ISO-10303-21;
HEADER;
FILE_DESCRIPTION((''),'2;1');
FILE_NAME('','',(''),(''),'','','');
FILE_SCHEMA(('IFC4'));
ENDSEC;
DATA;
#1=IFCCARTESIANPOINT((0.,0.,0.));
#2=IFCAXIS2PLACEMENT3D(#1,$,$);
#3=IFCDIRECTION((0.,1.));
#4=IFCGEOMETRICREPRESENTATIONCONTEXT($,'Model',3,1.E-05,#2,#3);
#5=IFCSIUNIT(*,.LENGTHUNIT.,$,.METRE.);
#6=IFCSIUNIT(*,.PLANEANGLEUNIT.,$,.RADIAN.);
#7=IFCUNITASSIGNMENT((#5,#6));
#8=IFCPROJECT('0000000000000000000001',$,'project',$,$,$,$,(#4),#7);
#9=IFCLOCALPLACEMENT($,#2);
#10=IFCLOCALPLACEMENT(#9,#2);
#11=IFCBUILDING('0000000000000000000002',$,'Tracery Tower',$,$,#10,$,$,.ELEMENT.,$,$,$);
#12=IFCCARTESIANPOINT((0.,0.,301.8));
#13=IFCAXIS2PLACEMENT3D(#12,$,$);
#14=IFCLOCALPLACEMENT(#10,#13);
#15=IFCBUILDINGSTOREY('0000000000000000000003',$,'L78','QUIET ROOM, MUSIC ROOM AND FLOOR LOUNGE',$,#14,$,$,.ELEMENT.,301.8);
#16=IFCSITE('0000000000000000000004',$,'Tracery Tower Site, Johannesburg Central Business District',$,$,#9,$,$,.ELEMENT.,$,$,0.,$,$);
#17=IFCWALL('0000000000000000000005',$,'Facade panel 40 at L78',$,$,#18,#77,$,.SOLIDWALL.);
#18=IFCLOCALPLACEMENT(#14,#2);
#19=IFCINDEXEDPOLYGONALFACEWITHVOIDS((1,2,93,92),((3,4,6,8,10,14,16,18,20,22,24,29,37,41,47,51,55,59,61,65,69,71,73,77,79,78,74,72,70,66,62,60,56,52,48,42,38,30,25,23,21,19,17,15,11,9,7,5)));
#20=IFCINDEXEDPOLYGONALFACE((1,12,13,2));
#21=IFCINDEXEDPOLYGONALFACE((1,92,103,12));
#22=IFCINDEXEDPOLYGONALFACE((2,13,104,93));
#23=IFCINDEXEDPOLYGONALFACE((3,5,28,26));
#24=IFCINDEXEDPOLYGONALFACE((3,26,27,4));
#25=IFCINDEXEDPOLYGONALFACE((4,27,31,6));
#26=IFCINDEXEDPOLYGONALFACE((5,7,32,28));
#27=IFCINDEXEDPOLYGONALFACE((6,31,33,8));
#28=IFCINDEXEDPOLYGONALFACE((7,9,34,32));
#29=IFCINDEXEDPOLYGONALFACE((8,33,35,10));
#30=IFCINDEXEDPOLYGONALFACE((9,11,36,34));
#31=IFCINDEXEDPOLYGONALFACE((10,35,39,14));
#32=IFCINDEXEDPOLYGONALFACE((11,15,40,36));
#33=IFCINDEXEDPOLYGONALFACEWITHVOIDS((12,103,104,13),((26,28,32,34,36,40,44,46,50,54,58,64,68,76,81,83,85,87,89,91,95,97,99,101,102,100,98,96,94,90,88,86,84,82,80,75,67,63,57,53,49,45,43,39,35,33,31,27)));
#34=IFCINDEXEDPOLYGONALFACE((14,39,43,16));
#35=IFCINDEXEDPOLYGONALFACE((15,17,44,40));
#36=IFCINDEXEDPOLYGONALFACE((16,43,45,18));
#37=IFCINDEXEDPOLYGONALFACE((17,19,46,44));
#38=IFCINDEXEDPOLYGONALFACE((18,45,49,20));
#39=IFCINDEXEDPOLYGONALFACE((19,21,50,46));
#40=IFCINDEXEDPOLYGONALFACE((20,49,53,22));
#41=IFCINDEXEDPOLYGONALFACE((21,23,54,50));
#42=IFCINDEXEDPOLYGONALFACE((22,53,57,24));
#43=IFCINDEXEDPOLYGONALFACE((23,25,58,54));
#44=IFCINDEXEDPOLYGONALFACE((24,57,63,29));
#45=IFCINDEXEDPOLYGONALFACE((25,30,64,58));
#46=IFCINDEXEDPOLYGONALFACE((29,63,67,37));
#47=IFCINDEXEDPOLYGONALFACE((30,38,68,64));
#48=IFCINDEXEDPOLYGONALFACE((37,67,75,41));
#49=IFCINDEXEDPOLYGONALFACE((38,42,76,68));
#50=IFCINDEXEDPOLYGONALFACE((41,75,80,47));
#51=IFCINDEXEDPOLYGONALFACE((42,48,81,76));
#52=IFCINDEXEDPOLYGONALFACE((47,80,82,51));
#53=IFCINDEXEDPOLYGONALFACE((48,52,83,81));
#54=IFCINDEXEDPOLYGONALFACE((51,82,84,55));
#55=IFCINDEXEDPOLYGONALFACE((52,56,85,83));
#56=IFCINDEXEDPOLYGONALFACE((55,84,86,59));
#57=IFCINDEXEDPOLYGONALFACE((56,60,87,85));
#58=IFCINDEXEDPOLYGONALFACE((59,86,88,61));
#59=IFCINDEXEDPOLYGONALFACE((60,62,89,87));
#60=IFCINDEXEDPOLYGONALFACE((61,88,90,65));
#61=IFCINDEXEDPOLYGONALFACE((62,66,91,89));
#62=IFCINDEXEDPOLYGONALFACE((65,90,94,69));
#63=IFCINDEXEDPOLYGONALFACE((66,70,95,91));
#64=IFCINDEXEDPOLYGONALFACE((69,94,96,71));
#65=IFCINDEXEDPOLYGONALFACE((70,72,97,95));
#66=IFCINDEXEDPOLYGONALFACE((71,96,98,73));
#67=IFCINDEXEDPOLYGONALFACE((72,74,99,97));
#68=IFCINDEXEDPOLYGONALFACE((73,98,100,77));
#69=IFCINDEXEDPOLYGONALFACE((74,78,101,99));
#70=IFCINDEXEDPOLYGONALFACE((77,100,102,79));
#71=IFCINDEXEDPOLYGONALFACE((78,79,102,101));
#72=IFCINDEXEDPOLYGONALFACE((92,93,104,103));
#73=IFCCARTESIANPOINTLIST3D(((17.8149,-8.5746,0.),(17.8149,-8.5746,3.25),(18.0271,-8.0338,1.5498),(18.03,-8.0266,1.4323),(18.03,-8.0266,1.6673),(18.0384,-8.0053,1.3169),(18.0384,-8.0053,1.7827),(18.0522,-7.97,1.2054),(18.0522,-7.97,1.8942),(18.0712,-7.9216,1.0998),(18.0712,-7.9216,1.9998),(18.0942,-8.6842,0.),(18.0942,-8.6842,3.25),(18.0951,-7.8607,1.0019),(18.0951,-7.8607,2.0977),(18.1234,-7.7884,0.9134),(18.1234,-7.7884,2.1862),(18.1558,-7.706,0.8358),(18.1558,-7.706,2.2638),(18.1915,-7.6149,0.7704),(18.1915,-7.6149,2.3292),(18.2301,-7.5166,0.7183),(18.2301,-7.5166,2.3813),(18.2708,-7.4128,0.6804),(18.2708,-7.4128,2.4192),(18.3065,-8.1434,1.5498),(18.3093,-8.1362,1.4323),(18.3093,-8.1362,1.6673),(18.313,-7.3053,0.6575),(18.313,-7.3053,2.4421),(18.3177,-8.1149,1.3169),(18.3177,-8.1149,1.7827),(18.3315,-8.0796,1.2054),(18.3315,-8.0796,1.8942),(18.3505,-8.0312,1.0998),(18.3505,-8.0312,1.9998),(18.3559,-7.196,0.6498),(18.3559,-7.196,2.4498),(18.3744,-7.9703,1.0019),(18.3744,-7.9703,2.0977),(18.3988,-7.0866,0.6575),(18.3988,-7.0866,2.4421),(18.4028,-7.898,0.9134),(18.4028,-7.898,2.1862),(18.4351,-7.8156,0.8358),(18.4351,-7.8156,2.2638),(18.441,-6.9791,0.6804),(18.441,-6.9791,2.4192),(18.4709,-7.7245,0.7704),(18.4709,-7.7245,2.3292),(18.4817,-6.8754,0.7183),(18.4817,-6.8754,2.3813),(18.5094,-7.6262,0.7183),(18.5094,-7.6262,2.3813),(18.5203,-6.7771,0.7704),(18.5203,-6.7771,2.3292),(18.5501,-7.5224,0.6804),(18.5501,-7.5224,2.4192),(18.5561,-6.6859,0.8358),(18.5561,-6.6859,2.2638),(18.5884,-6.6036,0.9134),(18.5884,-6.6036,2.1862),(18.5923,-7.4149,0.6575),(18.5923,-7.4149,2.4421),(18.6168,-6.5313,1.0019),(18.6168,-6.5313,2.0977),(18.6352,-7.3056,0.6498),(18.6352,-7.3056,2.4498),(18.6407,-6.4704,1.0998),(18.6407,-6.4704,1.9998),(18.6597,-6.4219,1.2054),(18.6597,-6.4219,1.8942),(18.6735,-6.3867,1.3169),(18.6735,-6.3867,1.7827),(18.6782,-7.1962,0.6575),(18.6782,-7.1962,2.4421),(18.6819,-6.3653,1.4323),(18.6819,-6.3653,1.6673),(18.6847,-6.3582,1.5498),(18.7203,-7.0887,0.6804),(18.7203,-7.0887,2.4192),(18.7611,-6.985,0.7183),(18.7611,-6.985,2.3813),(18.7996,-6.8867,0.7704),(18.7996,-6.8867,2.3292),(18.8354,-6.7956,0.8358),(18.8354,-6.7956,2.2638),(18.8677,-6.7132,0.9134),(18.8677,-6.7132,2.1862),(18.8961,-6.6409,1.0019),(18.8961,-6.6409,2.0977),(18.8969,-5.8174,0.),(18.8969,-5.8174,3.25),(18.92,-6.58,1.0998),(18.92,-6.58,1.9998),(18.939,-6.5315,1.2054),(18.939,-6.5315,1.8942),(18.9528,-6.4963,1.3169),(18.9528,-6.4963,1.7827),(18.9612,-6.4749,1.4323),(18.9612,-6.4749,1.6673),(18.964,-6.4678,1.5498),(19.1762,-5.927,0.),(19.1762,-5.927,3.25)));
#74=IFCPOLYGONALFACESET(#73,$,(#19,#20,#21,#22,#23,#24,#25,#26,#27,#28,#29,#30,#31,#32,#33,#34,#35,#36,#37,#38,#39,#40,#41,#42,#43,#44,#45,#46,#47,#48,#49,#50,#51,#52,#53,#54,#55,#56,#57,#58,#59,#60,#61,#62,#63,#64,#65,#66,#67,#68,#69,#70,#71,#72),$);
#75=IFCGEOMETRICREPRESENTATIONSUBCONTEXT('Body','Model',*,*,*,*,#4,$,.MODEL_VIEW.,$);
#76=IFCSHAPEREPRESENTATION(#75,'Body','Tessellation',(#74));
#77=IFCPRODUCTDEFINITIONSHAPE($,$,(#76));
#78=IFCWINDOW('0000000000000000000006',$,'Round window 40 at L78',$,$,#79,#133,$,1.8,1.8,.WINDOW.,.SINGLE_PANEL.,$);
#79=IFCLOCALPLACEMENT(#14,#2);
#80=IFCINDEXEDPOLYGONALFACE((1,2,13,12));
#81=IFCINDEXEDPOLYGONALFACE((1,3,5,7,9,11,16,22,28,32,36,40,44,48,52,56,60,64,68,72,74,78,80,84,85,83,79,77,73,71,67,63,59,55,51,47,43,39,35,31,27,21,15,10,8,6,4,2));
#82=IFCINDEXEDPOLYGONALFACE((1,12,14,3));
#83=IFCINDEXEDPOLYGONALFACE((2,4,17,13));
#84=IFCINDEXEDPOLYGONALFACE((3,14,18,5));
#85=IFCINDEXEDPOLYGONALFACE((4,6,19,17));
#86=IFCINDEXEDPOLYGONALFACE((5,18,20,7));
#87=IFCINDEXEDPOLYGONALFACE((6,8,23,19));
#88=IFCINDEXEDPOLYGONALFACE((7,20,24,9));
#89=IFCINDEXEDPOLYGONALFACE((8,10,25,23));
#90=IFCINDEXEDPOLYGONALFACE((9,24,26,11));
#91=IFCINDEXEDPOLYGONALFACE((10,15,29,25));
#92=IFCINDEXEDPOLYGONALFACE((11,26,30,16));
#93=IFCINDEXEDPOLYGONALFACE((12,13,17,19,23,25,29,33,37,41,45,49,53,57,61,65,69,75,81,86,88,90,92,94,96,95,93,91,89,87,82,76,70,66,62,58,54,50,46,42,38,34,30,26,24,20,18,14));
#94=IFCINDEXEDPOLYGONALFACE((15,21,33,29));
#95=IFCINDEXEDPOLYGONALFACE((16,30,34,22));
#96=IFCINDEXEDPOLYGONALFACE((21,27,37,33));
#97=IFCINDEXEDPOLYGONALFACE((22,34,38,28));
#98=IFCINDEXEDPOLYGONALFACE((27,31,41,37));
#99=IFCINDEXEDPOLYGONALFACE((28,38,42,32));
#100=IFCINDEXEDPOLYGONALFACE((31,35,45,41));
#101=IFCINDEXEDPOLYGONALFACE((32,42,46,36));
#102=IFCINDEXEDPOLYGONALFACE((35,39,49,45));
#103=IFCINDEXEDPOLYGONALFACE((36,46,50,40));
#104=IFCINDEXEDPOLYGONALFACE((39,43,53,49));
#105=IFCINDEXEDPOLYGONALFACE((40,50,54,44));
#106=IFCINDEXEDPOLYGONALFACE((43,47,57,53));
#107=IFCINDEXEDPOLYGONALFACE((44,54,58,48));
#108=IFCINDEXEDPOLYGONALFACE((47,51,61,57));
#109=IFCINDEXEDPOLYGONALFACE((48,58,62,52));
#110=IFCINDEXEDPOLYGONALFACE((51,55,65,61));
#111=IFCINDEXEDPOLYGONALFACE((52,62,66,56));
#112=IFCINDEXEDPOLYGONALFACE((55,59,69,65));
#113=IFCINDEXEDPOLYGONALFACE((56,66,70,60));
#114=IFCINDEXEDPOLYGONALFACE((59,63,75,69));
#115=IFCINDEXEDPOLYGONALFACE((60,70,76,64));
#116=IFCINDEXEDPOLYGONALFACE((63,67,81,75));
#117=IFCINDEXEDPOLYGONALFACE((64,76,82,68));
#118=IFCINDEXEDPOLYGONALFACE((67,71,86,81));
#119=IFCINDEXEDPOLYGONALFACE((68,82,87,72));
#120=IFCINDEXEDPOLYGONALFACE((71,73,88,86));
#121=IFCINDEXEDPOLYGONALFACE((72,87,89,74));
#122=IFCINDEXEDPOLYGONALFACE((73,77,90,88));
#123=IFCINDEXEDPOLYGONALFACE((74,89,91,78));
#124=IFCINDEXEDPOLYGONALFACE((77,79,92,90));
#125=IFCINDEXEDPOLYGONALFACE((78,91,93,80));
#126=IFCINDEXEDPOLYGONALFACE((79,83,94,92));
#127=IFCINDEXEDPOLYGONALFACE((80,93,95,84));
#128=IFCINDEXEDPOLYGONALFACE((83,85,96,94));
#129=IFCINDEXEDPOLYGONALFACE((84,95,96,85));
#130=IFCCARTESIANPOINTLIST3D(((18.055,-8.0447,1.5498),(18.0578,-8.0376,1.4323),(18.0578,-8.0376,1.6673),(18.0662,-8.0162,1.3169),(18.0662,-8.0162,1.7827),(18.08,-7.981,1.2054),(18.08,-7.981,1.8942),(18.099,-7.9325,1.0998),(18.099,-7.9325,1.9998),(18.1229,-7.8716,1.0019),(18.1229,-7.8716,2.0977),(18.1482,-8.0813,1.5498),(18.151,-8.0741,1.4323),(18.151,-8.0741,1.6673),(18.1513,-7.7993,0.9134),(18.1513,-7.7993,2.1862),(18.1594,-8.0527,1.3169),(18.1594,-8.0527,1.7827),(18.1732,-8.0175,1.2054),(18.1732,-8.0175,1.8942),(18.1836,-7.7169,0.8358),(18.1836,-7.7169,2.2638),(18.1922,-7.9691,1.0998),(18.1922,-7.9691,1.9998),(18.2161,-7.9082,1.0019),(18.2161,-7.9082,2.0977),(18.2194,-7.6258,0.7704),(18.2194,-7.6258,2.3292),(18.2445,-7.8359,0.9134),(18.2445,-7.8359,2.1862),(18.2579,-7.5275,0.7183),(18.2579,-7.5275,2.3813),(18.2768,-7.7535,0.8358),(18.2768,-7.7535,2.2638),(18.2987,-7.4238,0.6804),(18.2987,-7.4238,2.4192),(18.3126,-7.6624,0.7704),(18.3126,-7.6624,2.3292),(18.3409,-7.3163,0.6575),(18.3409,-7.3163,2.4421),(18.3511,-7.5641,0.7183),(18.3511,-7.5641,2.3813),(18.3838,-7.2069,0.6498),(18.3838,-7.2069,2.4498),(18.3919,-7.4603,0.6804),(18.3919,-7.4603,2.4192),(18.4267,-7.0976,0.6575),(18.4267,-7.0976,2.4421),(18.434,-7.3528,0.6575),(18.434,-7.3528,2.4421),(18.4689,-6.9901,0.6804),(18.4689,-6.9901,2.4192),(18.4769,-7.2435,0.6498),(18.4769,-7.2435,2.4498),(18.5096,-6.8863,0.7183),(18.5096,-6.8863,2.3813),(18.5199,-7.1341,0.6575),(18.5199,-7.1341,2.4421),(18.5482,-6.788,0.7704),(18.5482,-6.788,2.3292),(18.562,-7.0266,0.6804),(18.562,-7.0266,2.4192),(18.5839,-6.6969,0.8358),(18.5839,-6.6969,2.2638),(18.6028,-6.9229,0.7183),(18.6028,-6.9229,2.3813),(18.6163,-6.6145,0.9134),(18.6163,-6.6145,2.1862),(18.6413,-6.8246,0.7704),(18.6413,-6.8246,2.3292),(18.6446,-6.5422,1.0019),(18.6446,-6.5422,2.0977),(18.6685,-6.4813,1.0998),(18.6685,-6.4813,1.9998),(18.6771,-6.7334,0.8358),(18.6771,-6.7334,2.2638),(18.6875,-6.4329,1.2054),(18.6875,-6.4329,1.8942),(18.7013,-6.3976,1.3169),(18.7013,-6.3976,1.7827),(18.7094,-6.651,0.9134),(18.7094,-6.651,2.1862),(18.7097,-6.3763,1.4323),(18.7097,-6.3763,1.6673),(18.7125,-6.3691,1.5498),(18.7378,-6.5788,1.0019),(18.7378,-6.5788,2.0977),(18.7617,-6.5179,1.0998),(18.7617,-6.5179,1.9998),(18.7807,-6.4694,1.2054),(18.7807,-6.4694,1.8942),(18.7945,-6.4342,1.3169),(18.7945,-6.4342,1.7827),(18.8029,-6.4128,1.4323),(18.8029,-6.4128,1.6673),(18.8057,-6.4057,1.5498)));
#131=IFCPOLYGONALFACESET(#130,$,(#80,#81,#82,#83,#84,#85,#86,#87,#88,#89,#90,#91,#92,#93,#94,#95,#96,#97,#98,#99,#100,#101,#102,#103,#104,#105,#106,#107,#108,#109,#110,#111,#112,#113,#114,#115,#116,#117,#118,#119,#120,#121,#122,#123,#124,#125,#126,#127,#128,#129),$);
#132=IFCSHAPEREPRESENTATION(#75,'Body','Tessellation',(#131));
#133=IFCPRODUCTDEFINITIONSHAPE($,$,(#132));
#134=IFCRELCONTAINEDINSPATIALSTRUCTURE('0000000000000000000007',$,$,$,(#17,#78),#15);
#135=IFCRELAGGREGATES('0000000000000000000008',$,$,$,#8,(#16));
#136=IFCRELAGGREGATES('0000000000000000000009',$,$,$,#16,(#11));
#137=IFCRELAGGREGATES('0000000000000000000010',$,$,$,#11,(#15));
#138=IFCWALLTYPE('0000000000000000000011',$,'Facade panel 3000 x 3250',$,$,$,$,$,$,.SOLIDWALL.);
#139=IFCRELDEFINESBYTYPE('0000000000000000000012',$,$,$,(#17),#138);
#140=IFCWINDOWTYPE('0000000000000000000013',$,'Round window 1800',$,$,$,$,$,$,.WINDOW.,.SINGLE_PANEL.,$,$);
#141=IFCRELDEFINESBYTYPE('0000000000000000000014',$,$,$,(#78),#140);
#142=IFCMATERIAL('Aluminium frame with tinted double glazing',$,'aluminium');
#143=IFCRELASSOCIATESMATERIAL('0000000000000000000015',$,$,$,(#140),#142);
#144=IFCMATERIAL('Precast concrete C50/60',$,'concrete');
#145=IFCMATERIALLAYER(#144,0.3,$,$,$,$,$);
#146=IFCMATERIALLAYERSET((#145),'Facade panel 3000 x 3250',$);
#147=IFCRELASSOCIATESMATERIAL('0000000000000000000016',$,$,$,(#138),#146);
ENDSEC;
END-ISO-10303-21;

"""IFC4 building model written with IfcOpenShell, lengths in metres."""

from ifc_helpers import new_model, si_unit, direction, frame, frame_2d, origin, origin_2d, place, context, subcontext, project, spatial, rectangle, circle, extrude, material, layer, layer_set, type_object, element, fill, save


model = new_model("IFC4")

# Units and contexts
model_context = context("Model", 3, precision=1e-05, world=origin(), true_north=direction((0.0, 1.0)))
body_context = subcontext(model_context, "Body", "Model", "MODEL_VIEW")
ifc_project = project(units=[si_unit("LENGTHUNIT", "METRE"), si_unit("PLANEANGLEUNIT", "RADIAN")], contexts=[model_context])

# Site, building, storey
site_placement = place(None, origin())
site = spatial("IfcSite", under=ifc_project, at=site_placement, Name="Tracery Tower Site, Johannesburg Central Business District", CompositionType="ELEMENT", RefElevation=0.0)
building_placement = place(site_placement, origin())
building = spatial("IfcBuilding", under=site, at=building_placement, Name="Tracery Tower", CompositionType="ELEMENT")
storey_placement = place(building_placement, frame((0.0, 0.0, 301.8)))
storey = spatial("IfcBuildingStorey", under=building, at=storey_placement, Name="L78", Description="QUIET ROOM, MUSIC ROOM AND FLOOR LOUNGE", CompositionType="ELEMENT", Elevation=301.8)

# Wall, opening, window
ifc_material_1 = material(Name="Aluminium frame with tinted double glazing", Category="aluminium")
window_type = type_object("IfcWindowType", Name="Round window 1800", PartitioningType="SINGLE_PANEL", PredefinedType="WINDOW", material=ifc_material_1)
ifc_material_2 = material(Name="Precast concrete C50/60", Category="concrete")
ifc_layer_1 = layer(ifc_material_2, 0.3)
ifc_layer_set_1 = layer_set([ifc_layer_1], Name="Facade panel 3000 x 3250")
wall_type_1 = type_object("IfcWallType", Name="Facade panel 3000 x 3250", PredefinedType="SOLIDWALL", material=ifc_layer_set_1)
wall_1_placement = place(storey_placement, frame((17.9546, -8.6294, 0.0), z_axis=(0.0, 0.0, 1.0), x_axis=(0.3653, 0.93089, 0.0)))
wall_1 = element("IfcWall", 1, at=wall_1_placement, inside=storey, type_object=wall_type_1, Name="Facade panel 40 at L78", PredefinedType="SOLIDWALL", context=body_context, shape_type="SweptSolid", body=[
    extrude(rectangle(XDim=2.9619, YDim=0.3, at=frame_2d((1.481, 0.0))), origin(), (0.0, 0.0, 1.0), 3.25),
])
opening_1_placement = place(wall_1_placement, frame((1.481, 0.0, 1.5498)))
opening_1 = element("IfcOpeningElement", 2, at=opening_1_placement, cuts=wall_1, PredefinedType="OPENING", context=body_context, shape_type="SweptSolid", body=[
    extrude(circle(Radius=0.9, at=origin_2d()), frame((0.0, 0.1599, 0.0), z_axis=(0.0, -1.0, 0.0), x_axis=(1.0, 0.0, 0.0)), (0.0, 0.0, 1.0), 0.3201),
])
window_1_placement = place(opening_1_placement, origin())
window_1 = element("IfcWindow", 3, at=window_1_placement, inside=storey, type_object=window_type, Name="Round window 40 at L78", OverallHeight=1.8, OverallWidth=1.8, PartitioningType="SINGLE_PANEL", PredefinedType="WINDOW", context=body_context, shape_type="SweptSolid", body=[
    extrude(circle(Radius=0.9, at=origin_2d()), frame((0.0, 0.1201, 0.0), z_axis=(0.0, -1.0, 0.0), x_axis=(1.0, 0.0, 0.0)), (0.0, 0.0, 1.0), 0.1001),
])
fill(opening_1, window_1)

save(model, "model.ifc")
